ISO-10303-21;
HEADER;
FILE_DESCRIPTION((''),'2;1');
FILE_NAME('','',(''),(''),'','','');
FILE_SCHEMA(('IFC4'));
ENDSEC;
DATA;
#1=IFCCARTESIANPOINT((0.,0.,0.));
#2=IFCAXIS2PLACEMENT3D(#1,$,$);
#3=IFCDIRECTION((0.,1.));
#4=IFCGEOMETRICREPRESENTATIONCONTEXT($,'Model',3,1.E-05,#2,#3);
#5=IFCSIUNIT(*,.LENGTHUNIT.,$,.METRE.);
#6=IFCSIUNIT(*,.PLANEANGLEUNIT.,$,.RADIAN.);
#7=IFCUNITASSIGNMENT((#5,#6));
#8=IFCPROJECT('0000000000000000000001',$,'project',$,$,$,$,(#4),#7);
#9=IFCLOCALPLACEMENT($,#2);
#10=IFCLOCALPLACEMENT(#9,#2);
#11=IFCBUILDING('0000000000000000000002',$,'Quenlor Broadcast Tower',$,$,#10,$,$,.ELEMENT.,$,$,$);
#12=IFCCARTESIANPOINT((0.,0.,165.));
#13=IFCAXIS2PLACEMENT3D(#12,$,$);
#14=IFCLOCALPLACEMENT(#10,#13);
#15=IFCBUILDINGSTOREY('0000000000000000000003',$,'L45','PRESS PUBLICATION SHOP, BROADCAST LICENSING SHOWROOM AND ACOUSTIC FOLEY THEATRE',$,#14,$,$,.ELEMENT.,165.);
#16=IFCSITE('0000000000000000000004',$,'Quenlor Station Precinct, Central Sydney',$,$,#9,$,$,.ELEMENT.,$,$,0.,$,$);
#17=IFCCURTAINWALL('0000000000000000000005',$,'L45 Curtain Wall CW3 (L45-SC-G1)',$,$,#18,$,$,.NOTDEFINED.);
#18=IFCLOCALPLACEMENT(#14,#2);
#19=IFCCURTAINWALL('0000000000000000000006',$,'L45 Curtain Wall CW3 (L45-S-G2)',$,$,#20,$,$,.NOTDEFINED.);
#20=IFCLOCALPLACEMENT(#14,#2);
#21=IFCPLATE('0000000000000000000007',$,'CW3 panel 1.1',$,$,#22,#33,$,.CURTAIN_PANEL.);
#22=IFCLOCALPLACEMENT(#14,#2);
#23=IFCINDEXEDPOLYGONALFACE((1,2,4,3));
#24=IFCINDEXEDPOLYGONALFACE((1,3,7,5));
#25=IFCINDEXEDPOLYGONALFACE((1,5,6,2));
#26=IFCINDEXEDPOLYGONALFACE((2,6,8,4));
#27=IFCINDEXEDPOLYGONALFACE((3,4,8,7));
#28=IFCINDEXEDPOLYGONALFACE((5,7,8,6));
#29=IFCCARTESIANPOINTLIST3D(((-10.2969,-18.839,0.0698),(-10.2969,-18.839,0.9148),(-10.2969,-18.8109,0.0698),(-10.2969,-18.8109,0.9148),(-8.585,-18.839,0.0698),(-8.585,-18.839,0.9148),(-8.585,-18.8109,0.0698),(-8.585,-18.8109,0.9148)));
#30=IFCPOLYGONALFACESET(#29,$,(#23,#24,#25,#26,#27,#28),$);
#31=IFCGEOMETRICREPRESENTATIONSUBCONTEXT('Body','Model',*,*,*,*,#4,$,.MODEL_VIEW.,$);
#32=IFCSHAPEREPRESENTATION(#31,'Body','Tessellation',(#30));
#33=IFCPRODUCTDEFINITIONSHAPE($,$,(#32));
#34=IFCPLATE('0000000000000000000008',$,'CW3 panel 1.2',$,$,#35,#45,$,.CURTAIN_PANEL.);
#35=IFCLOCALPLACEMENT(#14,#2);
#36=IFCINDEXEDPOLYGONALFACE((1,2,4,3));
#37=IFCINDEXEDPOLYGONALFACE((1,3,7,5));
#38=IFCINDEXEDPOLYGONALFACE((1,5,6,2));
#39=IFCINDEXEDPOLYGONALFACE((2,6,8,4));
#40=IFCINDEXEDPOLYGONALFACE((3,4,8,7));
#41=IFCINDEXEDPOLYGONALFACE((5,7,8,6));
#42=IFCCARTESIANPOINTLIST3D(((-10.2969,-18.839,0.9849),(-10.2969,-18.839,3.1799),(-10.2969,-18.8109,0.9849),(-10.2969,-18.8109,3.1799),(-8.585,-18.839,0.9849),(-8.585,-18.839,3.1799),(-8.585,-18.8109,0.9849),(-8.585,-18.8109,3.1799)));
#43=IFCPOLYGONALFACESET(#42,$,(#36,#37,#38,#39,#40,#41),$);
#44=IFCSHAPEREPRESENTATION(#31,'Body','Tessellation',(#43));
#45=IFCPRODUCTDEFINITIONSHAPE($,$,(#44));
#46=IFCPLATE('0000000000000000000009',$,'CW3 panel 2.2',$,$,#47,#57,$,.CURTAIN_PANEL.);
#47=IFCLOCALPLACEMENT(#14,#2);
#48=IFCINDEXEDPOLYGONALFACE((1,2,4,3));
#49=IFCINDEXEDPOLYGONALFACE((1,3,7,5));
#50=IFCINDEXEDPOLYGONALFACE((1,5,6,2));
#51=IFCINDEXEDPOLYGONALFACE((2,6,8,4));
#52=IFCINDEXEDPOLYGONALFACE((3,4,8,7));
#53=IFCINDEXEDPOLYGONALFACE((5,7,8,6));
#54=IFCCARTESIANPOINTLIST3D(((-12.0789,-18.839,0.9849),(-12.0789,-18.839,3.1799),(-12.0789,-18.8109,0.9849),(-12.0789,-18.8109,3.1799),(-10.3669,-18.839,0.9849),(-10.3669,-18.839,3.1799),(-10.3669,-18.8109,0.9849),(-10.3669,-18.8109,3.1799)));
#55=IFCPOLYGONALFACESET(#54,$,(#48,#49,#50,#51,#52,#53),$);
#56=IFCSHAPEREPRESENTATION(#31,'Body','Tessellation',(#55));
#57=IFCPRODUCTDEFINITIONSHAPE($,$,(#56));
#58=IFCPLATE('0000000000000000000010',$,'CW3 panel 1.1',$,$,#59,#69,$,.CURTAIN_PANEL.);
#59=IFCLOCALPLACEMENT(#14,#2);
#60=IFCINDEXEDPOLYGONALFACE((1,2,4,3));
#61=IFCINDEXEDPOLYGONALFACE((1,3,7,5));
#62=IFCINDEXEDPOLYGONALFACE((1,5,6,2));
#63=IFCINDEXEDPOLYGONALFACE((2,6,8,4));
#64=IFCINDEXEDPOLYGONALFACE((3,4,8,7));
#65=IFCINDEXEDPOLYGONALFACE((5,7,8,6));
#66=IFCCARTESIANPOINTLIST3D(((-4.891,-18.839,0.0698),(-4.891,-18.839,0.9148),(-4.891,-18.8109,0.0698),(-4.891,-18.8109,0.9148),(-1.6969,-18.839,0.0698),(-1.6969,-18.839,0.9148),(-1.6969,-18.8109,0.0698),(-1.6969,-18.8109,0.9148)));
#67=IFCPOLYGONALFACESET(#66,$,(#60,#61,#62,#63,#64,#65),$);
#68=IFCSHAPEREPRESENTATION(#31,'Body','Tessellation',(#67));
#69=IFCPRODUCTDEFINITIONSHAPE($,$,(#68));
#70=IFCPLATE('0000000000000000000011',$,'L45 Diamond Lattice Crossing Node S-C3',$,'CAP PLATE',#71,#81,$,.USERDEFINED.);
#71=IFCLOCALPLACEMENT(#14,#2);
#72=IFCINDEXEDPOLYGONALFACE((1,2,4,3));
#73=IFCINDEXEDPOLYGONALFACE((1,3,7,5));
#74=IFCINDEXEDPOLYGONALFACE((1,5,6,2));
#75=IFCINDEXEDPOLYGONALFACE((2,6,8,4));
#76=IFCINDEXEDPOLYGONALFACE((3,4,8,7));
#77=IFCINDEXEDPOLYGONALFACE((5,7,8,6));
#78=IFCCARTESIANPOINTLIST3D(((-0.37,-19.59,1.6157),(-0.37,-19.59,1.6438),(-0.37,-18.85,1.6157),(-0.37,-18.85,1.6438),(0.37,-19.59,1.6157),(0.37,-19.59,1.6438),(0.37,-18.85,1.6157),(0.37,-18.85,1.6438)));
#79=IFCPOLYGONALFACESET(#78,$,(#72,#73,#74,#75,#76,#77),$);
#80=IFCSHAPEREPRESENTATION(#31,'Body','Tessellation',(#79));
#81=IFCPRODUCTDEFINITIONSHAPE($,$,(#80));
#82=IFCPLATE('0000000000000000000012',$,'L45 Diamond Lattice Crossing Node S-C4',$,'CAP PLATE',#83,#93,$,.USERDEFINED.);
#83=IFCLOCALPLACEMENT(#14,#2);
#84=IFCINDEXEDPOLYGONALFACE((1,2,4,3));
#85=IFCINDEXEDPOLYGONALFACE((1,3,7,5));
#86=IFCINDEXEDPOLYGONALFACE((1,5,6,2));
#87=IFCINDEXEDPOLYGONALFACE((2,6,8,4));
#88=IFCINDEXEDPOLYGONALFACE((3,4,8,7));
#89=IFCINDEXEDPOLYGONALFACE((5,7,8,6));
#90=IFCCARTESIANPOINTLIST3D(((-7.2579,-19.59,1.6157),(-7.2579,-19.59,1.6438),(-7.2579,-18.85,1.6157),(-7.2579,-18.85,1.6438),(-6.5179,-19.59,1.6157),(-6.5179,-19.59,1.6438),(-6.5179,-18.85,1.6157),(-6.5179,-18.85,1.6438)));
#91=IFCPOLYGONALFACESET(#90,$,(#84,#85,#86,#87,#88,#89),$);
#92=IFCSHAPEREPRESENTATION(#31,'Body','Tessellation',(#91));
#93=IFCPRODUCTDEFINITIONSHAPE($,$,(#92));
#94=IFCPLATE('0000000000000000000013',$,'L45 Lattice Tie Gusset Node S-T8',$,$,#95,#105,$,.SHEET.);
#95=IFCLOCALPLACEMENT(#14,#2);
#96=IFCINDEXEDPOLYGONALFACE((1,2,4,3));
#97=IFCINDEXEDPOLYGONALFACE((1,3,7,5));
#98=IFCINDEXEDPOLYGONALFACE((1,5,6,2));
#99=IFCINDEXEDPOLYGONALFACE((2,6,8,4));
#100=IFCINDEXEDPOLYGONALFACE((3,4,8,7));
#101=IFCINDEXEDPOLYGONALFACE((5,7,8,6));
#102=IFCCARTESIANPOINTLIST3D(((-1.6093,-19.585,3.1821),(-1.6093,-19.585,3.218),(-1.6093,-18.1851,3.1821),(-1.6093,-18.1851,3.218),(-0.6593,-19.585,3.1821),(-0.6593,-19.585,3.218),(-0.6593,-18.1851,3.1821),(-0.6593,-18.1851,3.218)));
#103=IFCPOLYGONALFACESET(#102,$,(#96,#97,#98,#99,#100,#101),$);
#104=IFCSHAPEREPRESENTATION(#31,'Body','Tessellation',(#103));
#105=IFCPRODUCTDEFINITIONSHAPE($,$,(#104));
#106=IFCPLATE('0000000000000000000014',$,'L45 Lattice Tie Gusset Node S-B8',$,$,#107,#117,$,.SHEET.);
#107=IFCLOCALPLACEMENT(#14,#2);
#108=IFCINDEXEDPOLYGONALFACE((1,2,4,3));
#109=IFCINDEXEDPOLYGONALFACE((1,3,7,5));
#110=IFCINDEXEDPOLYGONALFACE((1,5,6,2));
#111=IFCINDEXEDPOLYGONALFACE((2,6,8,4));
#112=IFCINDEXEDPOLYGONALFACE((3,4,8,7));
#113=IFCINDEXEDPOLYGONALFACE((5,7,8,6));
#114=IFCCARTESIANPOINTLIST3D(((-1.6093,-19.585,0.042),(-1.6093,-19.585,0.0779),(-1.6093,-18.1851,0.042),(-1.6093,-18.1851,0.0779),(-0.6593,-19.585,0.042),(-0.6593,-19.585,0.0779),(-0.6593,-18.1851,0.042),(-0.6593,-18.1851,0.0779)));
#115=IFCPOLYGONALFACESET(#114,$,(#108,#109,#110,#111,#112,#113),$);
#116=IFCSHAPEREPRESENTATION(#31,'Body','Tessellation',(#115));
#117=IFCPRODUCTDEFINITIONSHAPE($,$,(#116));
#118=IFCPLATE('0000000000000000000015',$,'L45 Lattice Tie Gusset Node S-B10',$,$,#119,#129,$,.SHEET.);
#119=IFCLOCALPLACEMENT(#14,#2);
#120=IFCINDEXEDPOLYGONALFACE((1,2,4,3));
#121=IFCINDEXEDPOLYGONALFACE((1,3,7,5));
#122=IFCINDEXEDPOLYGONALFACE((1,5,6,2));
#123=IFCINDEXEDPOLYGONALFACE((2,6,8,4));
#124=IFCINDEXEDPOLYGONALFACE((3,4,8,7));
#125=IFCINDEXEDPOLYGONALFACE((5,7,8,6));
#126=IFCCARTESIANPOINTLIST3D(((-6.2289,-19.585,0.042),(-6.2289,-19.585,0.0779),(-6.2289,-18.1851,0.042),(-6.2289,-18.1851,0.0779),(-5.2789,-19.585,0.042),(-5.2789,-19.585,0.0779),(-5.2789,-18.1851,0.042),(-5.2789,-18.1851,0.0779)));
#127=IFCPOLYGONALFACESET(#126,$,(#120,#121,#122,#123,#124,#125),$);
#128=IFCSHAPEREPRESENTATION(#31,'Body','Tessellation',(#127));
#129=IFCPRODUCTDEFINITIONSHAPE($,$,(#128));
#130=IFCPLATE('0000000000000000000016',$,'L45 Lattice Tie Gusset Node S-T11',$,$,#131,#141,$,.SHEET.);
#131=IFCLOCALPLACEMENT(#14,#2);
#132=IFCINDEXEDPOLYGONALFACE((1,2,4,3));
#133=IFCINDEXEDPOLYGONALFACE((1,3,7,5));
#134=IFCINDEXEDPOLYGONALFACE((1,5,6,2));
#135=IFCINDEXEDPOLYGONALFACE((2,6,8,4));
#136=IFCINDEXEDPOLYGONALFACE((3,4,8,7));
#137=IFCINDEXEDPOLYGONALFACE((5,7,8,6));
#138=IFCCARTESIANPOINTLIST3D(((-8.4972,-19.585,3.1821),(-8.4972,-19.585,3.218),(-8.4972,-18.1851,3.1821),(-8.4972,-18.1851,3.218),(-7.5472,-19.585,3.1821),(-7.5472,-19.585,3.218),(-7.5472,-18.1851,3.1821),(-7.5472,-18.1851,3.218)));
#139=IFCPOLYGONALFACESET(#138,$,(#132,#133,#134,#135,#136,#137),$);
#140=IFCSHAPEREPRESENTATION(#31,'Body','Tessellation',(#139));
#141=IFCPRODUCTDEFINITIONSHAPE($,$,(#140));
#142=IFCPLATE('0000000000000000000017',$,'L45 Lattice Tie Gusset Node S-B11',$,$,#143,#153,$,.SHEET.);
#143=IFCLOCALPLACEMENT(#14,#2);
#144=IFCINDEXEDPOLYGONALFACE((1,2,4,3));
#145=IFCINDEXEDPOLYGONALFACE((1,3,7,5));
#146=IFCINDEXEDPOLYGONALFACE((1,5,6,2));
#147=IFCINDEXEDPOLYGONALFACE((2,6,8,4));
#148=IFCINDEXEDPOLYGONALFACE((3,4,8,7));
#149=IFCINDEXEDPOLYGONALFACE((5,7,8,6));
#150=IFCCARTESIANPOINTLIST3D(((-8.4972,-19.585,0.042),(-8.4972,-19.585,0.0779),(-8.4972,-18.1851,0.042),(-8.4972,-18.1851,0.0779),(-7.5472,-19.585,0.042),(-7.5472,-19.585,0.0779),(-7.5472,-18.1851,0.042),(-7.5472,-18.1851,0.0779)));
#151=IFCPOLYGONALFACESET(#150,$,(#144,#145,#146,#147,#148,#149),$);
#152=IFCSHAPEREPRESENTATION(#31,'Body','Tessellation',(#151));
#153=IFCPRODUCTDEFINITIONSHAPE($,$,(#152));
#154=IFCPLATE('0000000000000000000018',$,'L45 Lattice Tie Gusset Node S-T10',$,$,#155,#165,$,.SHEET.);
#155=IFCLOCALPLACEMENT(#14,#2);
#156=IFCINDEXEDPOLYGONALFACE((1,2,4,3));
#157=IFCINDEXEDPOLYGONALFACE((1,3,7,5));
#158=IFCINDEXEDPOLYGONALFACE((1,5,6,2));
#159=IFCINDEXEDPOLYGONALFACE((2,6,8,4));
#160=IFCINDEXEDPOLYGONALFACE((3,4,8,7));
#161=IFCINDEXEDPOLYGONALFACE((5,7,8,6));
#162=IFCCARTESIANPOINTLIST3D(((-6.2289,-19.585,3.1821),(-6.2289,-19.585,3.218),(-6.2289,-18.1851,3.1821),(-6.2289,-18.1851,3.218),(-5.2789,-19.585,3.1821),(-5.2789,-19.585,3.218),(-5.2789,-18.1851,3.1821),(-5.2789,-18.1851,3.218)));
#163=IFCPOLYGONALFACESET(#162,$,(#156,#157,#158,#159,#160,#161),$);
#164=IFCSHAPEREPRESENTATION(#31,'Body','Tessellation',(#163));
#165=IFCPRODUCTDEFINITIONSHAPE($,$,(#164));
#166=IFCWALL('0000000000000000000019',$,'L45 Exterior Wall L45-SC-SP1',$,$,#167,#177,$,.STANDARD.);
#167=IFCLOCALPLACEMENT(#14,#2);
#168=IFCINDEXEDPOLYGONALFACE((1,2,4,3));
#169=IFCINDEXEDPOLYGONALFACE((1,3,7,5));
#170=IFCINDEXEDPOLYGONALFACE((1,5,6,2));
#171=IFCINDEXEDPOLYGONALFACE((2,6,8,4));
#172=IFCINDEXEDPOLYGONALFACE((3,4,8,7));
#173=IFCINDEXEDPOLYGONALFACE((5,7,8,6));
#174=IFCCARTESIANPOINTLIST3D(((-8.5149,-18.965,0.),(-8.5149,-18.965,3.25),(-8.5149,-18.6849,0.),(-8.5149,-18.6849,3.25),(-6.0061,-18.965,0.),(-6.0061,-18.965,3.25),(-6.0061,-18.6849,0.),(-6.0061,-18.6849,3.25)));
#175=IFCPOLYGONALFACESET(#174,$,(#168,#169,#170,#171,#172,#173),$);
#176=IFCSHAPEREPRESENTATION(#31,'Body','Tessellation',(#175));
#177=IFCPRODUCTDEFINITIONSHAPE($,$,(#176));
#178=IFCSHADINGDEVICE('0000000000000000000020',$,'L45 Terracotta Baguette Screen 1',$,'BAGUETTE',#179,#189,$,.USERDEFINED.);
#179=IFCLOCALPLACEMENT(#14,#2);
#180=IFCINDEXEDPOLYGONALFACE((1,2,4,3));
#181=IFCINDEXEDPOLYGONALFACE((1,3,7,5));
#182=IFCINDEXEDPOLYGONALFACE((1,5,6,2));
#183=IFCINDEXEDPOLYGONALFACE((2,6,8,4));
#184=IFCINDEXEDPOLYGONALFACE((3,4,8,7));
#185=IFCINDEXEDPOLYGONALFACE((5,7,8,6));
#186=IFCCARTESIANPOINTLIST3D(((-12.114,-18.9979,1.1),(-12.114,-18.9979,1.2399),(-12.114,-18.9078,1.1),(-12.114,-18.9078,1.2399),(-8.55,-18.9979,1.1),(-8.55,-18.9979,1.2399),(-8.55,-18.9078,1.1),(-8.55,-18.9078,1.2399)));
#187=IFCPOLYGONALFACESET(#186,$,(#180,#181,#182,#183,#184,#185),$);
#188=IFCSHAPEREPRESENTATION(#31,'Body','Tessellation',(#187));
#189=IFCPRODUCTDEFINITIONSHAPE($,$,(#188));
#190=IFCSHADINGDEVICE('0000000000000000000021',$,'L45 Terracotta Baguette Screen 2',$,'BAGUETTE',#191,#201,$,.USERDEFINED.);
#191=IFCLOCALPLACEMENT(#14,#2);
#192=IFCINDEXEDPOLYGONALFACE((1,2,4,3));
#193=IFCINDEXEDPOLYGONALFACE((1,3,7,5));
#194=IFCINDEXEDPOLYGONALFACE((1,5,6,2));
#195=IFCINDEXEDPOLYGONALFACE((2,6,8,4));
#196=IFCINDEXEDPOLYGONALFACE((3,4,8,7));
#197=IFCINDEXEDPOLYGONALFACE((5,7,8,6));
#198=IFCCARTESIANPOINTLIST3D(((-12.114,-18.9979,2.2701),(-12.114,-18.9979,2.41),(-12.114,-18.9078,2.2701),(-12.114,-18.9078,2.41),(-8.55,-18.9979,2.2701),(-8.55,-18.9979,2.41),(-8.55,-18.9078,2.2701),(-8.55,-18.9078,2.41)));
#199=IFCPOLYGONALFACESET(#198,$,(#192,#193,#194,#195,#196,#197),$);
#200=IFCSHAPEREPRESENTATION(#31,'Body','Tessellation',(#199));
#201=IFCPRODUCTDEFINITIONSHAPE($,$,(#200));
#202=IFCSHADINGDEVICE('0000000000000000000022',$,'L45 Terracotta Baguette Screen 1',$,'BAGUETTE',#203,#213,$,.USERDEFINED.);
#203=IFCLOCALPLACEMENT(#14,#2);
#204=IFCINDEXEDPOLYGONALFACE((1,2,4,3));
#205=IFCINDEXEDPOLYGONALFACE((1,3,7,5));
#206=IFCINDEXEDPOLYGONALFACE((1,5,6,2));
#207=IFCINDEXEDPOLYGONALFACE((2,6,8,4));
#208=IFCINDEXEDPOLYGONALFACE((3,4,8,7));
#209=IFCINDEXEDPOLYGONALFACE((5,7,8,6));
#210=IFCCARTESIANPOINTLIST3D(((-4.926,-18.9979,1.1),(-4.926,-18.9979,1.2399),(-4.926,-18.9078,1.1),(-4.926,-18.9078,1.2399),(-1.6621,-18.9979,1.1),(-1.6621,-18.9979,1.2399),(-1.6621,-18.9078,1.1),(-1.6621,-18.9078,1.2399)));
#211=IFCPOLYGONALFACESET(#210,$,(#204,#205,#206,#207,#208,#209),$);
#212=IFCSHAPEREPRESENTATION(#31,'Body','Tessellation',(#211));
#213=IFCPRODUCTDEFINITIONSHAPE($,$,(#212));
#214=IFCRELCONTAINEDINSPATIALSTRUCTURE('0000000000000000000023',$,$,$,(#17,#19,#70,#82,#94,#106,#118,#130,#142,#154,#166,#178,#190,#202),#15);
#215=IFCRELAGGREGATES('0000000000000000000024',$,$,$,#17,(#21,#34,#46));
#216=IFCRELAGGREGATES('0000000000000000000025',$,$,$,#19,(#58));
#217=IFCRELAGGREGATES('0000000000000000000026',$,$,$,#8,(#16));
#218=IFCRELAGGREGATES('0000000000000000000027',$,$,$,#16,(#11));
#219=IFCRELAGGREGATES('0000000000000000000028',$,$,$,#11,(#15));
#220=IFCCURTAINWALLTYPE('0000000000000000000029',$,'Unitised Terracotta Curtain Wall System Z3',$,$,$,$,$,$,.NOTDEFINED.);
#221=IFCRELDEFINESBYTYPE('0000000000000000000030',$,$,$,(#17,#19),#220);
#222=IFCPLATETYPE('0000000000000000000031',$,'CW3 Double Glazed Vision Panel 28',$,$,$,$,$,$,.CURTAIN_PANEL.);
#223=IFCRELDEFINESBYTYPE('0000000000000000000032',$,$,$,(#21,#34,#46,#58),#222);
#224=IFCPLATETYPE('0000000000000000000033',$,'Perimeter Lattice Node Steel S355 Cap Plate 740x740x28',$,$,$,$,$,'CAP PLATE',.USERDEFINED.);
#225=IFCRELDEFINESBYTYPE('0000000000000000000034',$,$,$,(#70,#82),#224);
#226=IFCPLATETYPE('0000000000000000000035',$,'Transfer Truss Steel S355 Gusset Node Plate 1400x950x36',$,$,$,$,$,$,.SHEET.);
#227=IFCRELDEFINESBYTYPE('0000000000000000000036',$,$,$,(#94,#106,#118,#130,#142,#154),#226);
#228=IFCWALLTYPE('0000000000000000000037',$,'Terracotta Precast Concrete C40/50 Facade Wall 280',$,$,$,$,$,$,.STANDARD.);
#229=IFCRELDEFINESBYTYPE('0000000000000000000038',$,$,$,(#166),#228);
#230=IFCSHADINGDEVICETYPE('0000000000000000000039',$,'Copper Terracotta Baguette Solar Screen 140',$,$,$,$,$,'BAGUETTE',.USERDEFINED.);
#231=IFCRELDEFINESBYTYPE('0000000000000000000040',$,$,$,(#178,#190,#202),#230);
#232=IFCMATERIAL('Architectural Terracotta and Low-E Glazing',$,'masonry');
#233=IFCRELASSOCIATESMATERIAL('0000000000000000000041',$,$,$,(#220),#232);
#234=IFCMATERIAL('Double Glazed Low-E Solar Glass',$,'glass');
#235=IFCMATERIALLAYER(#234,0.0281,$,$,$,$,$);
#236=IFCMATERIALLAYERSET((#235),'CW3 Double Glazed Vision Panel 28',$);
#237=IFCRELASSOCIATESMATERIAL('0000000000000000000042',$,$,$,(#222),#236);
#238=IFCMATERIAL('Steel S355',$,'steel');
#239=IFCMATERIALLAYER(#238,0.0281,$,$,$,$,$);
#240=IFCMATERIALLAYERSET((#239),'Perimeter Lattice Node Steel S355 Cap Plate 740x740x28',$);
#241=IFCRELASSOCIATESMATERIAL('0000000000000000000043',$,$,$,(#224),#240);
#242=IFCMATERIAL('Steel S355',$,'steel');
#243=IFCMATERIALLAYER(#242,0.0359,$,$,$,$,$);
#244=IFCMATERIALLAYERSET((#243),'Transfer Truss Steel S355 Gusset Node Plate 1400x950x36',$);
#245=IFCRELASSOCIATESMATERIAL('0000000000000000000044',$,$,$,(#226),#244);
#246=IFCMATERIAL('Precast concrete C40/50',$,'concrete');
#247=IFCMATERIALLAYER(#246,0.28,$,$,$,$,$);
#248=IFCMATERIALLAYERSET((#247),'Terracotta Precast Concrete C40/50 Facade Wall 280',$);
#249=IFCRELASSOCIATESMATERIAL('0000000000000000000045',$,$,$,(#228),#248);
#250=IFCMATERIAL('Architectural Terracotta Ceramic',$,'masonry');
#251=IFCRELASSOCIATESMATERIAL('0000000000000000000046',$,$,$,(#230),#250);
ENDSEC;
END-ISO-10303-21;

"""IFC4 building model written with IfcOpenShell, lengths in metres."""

from ifc_helpers import new_model, si_unit, direction, frame, frame_2d, origin, origin_2d, place, context, subcontext, project, spatial, rectangle, extrude, material, layer, layer_set, material_profile, profile_set, type_object, element, aggregate, save


model = new_model("IFC4")

# Units and contexts
model_context = context("Model", 3, precision=1e-05, world=origin(), true_north=direction((0.0, 1.0)))
body_context = subcontext(model_context, "Body", "Model", "MODEL_VIEW")
ifc_project = project(units=[si_unit("LENGTHUNIT", "METRE"), si_unit("PLANEANGLEUNIT", "RADIAN")], contexts=[model_context])

# Site, building, storey
site_placement = place(None, origin())
site = spatial("IfcSite", under=ifc_project, at=site_placement, Name="Quenlor Station Precinct, Central Sydney", CompositionType="ELEMENT", RefElevation=0.0)
building_placement = place(site_placement, origin())
building = spatial("IfcBuilding", under=site, at=building_placement, Name="Quenlor Broadcast Tower", CompositionType="ELEMENT")
storey_placement = place(building_placement, frame((0.0, 0.0, 165.0)))
storey = spatial("IfcBuildingStorey", under=building, at=storey_placement, Name="L45", Description="PRESS PUBLICATION SHOP, BROADCAST LICENSING SHOWROOM AND ACOUSTIC FOLEY THEATRE", CompositionType="ELEMENT", Elevation=165.0)

# Curtain wall
ifc_material_1 = material(Name="Architectural Terracotta and Low-E Glazing", Category="masonry")
curtain_wall_type = type_object("IfcCurtainWallType", Name="Unitised Terracotta Curtain Wall System Z3", PredefinedType="NOTDEFINED", material=ifc_material_1)
curtain_wall_1_placement = place(storey_placement, origin())
curtain_wall_1 = element("IfcCurtainWall", 1, at=curtain_wall_1_placement, inside=storey, type_object=curtain_wall_type, Name="L45 Curtain Wall CW3 (L45-SC-G1)", PredefinedType="NOTDEFINED")

# Curtain wall
curtain_wall_2_placement = place(storey_placement, origin())
curtain_wall_2 = element("IfcCurtainWall", 2, at=curtain_wall_2_placement, inside=storey, type_object=curtain_wall_type, Name="L45 Curtain Wall CW3 (L45-S-G2)", PredefinedType="NOTDEFINED")

# Plates
ifc_material_2 = material(Name="Double Glazed Low-E Solar Glass", Category="glass")
ifc_layer_1 = layer(ifc_material_2, 0.0281)
ifc_layer_set_1 = layer_set([ifc_layer_1], Name="CW3 Double Glazed Vision Panel 28")
plate_type_1 = type_object("IfcPlateType", Name="CW3 Double Glazed Vision Panel 28", PredefinedType="CURTAIN_PANEL", material=ifc_layer_set_1)
plate_1_placement = place(storey_placement, frame((-9.4409, -18.825, 0.0698), z_axis=(0.0, 0.0, 1.0), x_axis=(-1.0, 0.0, 0.0)))
plate_1 = element("IfcPlate", 3, at=plate_1_placement, type_object=plate_type_1, Name="CW3 panel 1.1", PredefinedType="CURTAIN_PANEL", context=body_context, shape_type="SweptSolid", body=[
    extrude(rectangle(XDim=1.7119, YDim=0.0281, at=origin_2d()), origin(), (0.0, 0.0, 1.0), 0.845),
])
plate_2_placement = place(storey_placement, frame((-9.4409, -18.825, 0.9849), z_axis=(0.0, 0.0, 1.0), x_axis=(-1.0, 0.0, 0.0)))
plate_2 = element("IfcPlate", 4, at=plate_2_placement, type_object=plate_type_1, Name="CW3 panel 1.2", PredefinedType="CURTAIN_PANEL", context=body_context, shape_type="SweptSolid", body=[
    extrude(rectangle(XDim=1.7119, YDim=0.0281, at=origin_2d()), origin(), (0.0, 0.0, 1.0), 2.1951),
])
plate_3_placement = place(storey_placement, frame((-11.2229, -18.825, 0.9849), z_axis=(0.0, 0.0, 1.0), x_axis=(-1.0, 0.0, 0.0)))
plate_3 = element("IfcPlate", 5, at=plate_3_placement, type_object=plate_type_1, Name="CW3 panel 2.2", PredefinedType="CURTAIN_PANEL", context=body_context, shape_type="SweptSolid", body=[
    extrude(rectangle(XDim=1.7119, YDim=0.0281, at=origin_2d()), origin(), (0.0, 0.0, 1.0), 2.1951),
])
aggregate(curtain_wall_1, [plate_1, plate_2, plate_3])
plate_4_placement = place(storey_placement, frame((-3.2939, -18.825, 0.0698), z_axis=(0.0, 0.0, 1.0), x_axis=(-1.0, 0.0, 0.0)))
plate_4 = element("IfcPlate", 6, at=plate_4_placement, type_object=plate_type_1, Name="CW3 panel 1.1", PredefinedType="CURTAIN_PANEL", context=body_context, shape_type="SweptSolid", body=[
    extrude(rectangle(XDim=3.1941, YDim=0.0281, at=origin_2d()), origin(), (0.0, 0.0, 1.0), 0.845),
])
aggregate(curtain_wall_2, [plate_4])

# Plates
ifc_material_3 = material(Name="Steel S355", Category="steel")
ifc_layer_2 = layer(ifc_material_3, 0.0281)
ifc_layer_set_2 = layer_set([ifc_layer_2], Name="Perimeter Lattice Node Steel S355 Cap Plate 740x740x28")
plate_type_2 = type_object("IfcPlateType", Name="Perimeter Lattice Node Steel S355 Cap Plate 740x740x28", ElementType="CAP PLATE", PredefinedType="USERDEFINED", material=ifc_layer_set_2)
for number, where, z_axis, x_axis, name in (
    (7, (0.0, -19.22, 1.6157), (0.0, 0.0, 1.0), (-1.0, 0.0, 0.0), "L45 Diamond Lattice Crossing Node S-C3"),
    (8, (-6.8879, -19.22, 1.6157), (0.0, 0.0, 1.0), (-1.0, 0.0, 0.0), "L45 Diamond Lattice Crossing Node S-C4"),
):
    element("IfcPlate", number, at=place(storey_placement, frame(where, z_axis=z_axis, x_axis=x_axis)), inside=storey, type_object=plate_type_2, Name=name, ObjectType="CAP PLATE", PredefinedType="USERDEFINED", context=body_context, shape_type="SweptSolid", body=[
        extrude(rectangle(XDim=0.74, YDim=0.74, at=origin_2d()), origin(), (0.0, 0.0, 1.0), 0.0281),
    ])
ifc_material_4 = material(Name="Steel S355", Category="steel")
ifc_layer_3 = layer(ifc_material_4, 0.0359)
ifc_layer_set_3 = layer_set([ifc_layer_3], Name="Transfer Truss Steel S355 Gusset Node Plate 1400x950x36")
plate_type_3 = type_object("IfcPlateType", Name="Transfer Truss Steel S355 Gusset Node Plate 1400x950x36", PredefinedType="SHEET", material=ifc_layer_set_3)
for number, where, z_axis, x_axis, name in (
    (9, (-1.1343, -18.885, 3.1821), (0.0, 0.0, 1.0), (0.0, -1.0, 0.0), "L45 Lattice Tie Gusset Node S-T8"),
    (10, (-1.1343, -18.885, 0.042), (0.0, 0.0, 1.0), (0.0, -1.0, 0.0), "L45 Lattice Tie Gusset Node S-B8"),
    (11, (-5.7539, -18.885, 0.042), (0.0, 0.0, 1.0), (0.0, -1.0, 0.0), "L45 Lattice Tie Gusset Node S-B10"),
    (12, (-8.0222, -18.885, 3.1821), (0.0, 0.0, 1.0), (0.0, -1.0, 0.0), "L45 Lattice Tie Gusset Node S-T11"),
    (13, (-8.0222, -18.885, 0.042), (0.0, 0.0, 1.0), (0.0, -1.0, 0.0), "L45 Lattice Tie Gusset Node S-B11"),
    (14, (-5.7539, -18.885, 3.1821), (0.0, 0.0, 1.0), (0.0, -1.0, 0.0), "L45 Lattice Tie Gusset Node S-T10"),
):
    element("IfcPlate", number, at=place(storey_placement, frame(where, z_axis=z_axis, x_axis=x_axis)), inside=storey, type_object=plate_type_3, Name=name, PredefinedType="SHEET", context=body_context, shape_type="SweptSolid", body=[
        extrude(rectangle(XDim=1.3999, YDim=0.95, at=origin_2d()), origin(), (0.0, 0.0, 1.0), 0.0359),
    ])

# Wall
ifc_material_5 = material(Name="Precast concrete C40/50", Category="concrete")
ifc_layer_4 = layer(ifc_material_5, 0.28)
ifc_layer_set_4 = layer_set([ifc_layer_4], Name="Terracotta Precast Concrete C40/50 Facade Wall 280")
wall_type = type_object("IfcWallType", Name="Terracotta Precast Concrete C40/50 Facade Wall 280", PredefinedType="STANDARD", material=ifc_layer_set_4)
wall_placement = place(storey_placement, frame((-6.0061, -18.825, 0.0), z_axis=(0.0, 0.0, 1.0), x_axis=(-1.0, 0.0, 0.0)))
element("IfcWall", 15, at=wall_placement, inside=storey, type_object=wall_type, Name="L45 Exterior Wall L45-SC-SP1", PredefinedType="STANDARD", context=body_context, shape_type="SweptSolid", body=[
    extrude(rectangle(XDim=2.5088, YDim=0.28, at=frame_2d((1.2544, 0.0))), origin(), (0.0, 0.0, 1.0), 3.25),
])

# Shading devices
ifc_material_6 = material(Name="Architectural Terracotta Ceramic", Category="masonry")
ifc_material_profile_1 = material_profile(ifc_material_6, rectangle(XDim=0.0901, YDim=0.1399, at=origin_2d()))
ifc_profile_set_1 = profile_set([ifc_material_profile_1], Name="Architectural Terracotta Ceramic BAG90x140")
shading_device_type = type_object("IfcShadingDeviceType", Name="Copper Terracotta Baguette Solar Screen 140", ElementType="BAGUETTE", PredefinedType="USERDEFINED", material=ifc_profile_set_1)
for number, where, z_axis, x_axis, name in (
    (16, (-8.55, -18.9529, 1.1699), (-1.0, 0.0, 0.0), (0.0, -1.0, 0.0), "L45 Terracotta Baguette Screen 1"),
    (17, (-8.55, -18.9529, 2.3401), (-1.0, 0.0, 0.0), (0.0, -1.0, 0.0), "L45 Terracotta Baguette Screen 2"),
):
    element("IfcShadingDevice", number, at=place(storey_placement, frame(where, z_axis=z_axis, x_axis=x_axis)), inside=storey, type_object=shading_device_type, Name=name, ObjectType="BAGUETTE", PredefinedType="USERDEFINED", context=body_context, shape_type="SweptSolid", body=[
        extrude(rectangle(XDim=0.0901, YDim=0.1399, at=origin_2d()), origin(), (0.0, 0.0, 1.0), 3.564),
    ])
for number, where, z_axis, x_axis, name in (
    (18, (-1.6621, -18.9529, 1.1699), (-1.0, 0.0, 0.0), (0.0, -1.0, 0.0), "L45 Terracotta Baguette Screen 1"),
):
    element("IfcShadingDevice", number, at=place(storey_placement, frame(where, z_axis=z_axis, x_axis=x_axis)), inside=storey, type_object=shading_device_type, Name=name, ObjectType="BAGUETTE", PredefinedType="USERDEFINED", context=body_context, shape_type="SweptSolid", body=[
        extrude(rectangle(XDim=0.0901, YDim=0.1399, at=origin_2d()), origin(), (0.0, 0.0, 1.0), 3.2639),
    ])

save(model, "model.ifc")
